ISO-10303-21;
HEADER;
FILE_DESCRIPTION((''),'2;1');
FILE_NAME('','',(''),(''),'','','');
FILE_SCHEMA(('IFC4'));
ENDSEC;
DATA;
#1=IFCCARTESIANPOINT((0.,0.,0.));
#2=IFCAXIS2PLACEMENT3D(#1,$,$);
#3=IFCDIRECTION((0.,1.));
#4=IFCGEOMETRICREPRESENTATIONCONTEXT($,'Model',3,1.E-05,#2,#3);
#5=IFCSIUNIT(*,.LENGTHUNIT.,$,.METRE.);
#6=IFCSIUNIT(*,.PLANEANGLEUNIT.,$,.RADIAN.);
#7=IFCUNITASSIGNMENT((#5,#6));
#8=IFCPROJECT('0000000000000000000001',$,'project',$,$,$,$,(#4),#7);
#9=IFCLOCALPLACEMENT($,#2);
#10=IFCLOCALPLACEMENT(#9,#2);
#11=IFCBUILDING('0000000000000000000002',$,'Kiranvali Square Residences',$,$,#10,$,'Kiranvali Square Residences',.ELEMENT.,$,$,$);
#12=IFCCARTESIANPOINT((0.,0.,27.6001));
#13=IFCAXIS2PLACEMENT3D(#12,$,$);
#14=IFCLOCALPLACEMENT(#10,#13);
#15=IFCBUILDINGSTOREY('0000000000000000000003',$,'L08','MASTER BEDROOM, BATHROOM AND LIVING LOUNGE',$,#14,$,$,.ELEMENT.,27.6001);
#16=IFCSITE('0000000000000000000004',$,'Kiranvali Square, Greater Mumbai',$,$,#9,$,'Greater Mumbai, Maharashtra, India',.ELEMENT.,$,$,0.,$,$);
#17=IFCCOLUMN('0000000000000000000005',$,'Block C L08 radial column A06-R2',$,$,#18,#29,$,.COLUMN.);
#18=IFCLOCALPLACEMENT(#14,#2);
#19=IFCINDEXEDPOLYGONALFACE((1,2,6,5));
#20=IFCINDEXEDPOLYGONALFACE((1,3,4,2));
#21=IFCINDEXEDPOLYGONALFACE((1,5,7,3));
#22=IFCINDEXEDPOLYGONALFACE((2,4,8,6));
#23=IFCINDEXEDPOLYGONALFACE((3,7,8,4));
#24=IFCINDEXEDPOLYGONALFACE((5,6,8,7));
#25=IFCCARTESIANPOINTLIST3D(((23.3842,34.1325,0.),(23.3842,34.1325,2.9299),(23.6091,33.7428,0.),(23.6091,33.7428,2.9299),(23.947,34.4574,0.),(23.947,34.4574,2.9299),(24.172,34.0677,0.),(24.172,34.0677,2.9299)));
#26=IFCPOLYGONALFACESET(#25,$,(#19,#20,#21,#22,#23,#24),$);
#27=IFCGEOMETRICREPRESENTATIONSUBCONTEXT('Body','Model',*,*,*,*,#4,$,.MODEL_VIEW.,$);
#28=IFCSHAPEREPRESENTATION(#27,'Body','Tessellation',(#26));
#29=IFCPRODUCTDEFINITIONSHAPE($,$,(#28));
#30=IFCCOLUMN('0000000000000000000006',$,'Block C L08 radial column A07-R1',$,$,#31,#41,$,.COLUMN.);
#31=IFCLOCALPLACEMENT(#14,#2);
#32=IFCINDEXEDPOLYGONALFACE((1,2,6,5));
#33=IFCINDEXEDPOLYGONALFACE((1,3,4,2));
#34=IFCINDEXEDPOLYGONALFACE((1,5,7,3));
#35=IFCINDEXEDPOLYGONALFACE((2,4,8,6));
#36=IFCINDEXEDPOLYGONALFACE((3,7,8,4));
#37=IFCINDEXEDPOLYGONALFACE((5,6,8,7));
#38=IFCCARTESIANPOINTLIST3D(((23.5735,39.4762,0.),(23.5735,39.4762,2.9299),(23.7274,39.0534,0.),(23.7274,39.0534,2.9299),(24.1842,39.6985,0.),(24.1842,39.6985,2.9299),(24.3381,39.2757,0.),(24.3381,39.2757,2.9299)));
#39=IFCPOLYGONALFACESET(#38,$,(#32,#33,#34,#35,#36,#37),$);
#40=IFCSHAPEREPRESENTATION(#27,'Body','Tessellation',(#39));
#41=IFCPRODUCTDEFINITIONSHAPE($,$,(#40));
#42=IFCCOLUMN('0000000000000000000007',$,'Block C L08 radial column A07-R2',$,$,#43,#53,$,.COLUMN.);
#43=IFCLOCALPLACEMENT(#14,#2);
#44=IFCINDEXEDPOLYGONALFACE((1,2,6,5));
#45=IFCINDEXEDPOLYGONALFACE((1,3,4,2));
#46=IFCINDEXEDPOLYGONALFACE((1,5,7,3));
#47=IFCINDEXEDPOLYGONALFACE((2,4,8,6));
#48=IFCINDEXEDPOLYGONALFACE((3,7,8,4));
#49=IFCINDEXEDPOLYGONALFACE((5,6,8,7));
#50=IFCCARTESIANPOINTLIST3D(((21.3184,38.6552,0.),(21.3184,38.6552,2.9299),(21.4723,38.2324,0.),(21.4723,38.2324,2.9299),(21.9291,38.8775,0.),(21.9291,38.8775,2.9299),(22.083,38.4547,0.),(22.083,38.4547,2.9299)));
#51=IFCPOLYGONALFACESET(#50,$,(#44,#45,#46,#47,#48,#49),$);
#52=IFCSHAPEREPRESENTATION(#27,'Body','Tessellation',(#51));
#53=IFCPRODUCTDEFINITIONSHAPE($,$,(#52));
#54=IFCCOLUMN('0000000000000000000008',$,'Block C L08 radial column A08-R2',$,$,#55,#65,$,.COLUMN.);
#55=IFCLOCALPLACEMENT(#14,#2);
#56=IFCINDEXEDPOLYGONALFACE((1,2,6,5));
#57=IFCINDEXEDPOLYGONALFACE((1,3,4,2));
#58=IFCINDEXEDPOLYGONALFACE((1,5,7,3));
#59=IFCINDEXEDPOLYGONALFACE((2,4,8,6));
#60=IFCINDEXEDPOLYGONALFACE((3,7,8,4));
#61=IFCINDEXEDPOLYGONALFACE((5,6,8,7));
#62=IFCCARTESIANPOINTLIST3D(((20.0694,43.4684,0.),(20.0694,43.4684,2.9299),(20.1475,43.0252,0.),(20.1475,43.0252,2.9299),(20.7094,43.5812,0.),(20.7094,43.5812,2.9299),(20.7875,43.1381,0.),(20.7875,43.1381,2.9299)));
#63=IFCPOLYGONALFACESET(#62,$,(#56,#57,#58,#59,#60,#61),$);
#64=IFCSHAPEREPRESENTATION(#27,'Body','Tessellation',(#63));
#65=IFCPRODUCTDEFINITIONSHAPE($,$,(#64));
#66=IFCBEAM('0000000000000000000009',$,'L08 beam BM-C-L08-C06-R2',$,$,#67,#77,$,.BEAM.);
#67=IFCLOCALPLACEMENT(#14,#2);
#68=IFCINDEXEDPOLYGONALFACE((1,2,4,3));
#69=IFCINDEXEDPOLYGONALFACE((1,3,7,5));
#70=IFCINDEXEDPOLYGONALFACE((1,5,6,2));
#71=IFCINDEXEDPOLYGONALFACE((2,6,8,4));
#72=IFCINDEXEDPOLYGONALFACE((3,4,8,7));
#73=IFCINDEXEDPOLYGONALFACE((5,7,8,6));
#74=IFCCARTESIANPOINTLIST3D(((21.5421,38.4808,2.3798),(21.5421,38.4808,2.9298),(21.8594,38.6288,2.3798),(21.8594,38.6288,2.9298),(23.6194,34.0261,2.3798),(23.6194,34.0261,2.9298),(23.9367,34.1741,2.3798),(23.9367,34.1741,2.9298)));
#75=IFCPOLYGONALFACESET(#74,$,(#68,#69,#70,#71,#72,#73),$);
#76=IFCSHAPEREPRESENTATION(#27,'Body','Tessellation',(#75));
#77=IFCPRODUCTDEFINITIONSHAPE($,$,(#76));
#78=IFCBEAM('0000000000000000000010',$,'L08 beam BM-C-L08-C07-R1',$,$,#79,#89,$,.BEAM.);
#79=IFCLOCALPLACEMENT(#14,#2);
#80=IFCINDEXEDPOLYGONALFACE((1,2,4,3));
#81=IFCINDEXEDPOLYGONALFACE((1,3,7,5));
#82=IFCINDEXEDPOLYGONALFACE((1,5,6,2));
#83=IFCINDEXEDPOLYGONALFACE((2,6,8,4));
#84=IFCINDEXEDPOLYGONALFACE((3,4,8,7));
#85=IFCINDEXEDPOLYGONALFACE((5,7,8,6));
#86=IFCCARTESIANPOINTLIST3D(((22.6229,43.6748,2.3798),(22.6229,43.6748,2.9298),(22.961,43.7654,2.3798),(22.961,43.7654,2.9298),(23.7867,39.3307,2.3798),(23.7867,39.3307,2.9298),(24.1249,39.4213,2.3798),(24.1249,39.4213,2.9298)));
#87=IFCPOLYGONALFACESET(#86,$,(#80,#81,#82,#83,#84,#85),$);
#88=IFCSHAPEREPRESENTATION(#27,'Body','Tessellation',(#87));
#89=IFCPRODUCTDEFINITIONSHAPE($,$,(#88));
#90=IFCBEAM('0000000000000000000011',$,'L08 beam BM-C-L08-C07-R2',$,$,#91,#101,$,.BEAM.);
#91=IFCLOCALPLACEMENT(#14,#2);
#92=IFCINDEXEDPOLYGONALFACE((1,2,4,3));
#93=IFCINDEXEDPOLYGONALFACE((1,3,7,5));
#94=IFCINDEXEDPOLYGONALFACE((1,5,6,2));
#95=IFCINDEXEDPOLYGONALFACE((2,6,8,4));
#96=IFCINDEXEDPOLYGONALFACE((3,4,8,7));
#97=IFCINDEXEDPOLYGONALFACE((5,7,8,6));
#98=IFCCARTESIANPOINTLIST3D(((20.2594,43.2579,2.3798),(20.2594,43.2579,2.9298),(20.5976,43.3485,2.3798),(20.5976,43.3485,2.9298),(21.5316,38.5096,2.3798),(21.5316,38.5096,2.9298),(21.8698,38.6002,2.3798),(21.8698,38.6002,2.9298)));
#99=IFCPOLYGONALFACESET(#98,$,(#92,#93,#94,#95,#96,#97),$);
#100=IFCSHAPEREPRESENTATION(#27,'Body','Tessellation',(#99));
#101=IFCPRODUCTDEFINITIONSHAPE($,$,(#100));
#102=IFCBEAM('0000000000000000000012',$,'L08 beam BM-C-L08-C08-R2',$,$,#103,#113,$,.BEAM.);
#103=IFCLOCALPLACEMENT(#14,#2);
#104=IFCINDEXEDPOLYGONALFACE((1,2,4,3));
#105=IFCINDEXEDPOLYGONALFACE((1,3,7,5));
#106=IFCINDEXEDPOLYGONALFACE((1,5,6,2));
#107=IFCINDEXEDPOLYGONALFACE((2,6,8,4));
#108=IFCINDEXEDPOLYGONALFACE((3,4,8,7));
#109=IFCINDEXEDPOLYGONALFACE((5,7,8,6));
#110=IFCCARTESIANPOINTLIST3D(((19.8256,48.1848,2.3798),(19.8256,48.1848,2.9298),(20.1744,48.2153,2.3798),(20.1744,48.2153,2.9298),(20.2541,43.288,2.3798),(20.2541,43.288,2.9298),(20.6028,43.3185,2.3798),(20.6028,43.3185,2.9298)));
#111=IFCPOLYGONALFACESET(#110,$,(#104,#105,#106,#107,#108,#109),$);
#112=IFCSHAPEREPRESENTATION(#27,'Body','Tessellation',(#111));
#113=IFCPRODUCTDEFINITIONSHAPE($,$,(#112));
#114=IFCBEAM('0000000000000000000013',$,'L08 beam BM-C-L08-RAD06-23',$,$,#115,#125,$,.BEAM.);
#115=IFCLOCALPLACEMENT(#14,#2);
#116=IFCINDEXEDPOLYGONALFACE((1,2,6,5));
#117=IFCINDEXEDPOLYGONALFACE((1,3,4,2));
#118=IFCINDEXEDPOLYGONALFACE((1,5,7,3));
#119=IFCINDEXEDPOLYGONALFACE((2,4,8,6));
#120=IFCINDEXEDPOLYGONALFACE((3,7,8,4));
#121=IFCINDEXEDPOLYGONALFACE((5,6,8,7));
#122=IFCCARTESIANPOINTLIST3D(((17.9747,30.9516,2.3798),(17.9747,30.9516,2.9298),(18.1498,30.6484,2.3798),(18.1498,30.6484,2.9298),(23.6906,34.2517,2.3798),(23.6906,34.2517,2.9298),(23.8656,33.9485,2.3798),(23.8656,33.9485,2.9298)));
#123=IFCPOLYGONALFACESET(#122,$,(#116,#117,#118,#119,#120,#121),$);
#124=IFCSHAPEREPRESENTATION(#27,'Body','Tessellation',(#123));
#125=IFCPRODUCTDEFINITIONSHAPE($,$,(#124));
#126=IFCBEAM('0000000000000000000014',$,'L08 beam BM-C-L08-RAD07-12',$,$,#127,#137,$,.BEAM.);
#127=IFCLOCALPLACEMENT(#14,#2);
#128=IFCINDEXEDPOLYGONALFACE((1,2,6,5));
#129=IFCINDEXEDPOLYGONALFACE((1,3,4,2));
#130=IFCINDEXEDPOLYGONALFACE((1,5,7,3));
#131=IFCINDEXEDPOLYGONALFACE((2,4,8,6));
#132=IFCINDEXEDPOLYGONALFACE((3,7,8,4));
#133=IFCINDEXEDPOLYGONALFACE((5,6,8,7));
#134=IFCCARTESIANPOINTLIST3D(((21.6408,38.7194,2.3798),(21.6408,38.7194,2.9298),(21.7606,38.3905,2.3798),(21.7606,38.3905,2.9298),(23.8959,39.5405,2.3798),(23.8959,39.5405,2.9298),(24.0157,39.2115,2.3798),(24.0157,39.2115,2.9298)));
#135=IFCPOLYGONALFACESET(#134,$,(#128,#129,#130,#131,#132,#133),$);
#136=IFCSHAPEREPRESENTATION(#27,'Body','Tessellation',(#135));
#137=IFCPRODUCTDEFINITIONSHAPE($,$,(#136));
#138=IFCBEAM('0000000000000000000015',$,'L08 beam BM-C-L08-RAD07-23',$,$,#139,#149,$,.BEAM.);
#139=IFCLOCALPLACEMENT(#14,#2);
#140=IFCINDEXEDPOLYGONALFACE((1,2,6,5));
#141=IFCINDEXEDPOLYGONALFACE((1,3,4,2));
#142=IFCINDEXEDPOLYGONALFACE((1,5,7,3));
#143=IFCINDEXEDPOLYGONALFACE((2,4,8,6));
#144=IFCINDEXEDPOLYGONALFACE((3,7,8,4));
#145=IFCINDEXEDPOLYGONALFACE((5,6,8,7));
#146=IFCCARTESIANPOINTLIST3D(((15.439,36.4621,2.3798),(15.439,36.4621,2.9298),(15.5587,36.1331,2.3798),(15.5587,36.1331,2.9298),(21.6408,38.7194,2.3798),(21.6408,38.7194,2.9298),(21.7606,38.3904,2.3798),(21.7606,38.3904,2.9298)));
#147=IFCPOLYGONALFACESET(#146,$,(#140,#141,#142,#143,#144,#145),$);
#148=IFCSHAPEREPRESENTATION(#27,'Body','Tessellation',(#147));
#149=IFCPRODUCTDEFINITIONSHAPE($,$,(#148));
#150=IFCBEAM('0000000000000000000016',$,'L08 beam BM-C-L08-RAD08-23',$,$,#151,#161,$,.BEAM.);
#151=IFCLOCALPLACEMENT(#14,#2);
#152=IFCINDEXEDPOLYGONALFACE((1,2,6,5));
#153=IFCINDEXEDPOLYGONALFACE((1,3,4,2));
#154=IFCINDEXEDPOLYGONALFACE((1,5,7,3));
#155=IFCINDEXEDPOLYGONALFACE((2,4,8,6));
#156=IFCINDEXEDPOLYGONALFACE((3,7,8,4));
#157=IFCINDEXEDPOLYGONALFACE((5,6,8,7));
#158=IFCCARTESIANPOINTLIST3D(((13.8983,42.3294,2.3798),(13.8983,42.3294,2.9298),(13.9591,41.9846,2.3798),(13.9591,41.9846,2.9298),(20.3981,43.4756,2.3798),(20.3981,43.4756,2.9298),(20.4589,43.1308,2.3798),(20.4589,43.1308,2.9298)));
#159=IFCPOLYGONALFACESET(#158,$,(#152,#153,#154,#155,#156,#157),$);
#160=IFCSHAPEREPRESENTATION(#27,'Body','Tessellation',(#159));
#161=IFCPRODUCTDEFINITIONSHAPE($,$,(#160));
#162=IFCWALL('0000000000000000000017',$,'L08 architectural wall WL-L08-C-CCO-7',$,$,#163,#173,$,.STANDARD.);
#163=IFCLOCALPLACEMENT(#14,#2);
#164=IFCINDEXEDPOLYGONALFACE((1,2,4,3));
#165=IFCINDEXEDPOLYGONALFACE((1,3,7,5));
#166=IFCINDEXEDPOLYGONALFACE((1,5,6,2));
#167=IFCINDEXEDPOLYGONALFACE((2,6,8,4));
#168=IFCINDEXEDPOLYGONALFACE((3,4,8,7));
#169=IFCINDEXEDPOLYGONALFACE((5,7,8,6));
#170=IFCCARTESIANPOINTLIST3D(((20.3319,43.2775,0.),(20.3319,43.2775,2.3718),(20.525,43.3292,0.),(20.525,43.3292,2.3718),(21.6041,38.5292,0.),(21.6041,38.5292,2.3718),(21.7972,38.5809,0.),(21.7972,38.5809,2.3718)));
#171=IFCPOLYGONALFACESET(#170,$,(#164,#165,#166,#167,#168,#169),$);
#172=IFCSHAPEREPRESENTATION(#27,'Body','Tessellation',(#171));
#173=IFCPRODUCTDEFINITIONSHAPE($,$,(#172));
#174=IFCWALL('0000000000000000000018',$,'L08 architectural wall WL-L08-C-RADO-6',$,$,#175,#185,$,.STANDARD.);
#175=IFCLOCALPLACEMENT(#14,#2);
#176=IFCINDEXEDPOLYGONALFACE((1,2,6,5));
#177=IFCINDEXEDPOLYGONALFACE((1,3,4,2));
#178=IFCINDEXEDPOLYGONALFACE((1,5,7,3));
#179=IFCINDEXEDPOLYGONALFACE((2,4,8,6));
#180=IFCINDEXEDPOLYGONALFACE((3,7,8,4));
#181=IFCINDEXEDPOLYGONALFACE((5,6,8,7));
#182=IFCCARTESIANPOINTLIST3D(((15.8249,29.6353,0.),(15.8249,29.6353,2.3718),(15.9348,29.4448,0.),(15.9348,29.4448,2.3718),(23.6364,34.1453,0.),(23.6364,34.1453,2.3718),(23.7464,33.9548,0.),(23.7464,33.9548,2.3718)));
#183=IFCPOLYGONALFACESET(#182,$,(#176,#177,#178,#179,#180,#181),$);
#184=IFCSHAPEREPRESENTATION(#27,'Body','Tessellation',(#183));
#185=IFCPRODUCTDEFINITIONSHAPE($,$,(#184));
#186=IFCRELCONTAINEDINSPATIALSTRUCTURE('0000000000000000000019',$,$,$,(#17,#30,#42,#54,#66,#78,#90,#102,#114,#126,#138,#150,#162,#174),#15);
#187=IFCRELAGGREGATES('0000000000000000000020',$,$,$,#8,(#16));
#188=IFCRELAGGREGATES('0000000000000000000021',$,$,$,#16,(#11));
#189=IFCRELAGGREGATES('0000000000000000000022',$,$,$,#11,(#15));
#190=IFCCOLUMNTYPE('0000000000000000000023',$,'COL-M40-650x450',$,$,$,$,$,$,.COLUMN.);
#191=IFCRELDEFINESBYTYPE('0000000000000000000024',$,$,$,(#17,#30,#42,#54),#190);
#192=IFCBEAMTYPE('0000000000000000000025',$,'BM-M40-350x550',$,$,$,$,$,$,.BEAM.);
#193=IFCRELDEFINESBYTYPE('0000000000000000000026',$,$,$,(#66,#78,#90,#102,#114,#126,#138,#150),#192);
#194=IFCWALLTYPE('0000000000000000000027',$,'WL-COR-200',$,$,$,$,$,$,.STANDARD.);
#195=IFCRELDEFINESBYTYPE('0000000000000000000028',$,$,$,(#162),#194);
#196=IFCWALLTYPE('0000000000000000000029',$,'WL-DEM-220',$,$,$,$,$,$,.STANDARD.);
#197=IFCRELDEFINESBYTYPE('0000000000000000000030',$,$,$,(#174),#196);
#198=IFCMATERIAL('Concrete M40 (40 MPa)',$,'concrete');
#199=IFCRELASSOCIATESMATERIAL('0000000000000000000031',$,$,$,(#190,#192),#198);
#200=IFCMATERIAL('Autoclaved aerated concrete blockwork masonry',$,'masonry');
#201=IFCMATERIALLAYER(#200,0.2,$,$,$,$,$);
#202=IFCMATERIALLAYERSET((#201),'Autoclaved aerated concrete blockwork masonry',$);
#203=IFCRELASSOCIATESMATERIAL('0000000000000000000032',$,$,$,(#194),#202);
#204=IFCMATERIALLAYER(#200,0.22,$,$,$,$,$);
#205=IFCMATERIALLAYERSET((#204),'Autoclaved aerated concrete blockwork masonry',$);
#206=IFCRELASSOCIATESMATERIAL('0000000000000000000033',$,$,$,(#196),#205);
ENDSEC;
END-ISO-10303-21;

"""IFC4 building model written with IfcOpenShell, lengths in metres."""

from ifc_helpers import new_model, si_unit, direction, frame, frame_2d, origin, origin_2d, place, context, subcontext, project, spatial, rectangle, extrude, material, layer, layer_set, material_profile, profile_set, type_object, element, save


model = new_model("IFC4")

# Units and contexts
model_context = context("Model", 3, precision=1e-05, world=origin(), true_north=direction((0.0, 1.0)))
body_context = subcontext(model_context, "Body", "Model", "MODEL_VIEW")
ifc_project = project(units=[si_unit("LENGTHUNIT", "METRE"), si_unit("PLANEANGLEUNIT", "RADIAN")], contexts=[model_context])

# Site, building, storey
site_placement = place(None, origin())
site = spatial("IfcSite", under=ifc_project, at=site_placement, Name="Kiranvali Square, Greater Mumbai", LongName="Greater Mumbai, Maharashtra, India", CompositionType="ELEMENT", RefElevation=0.0)
building_placement = place(site_placement, origin())
building = spatial("IfcBuilding", under=site, at=building_placement, Name="Kiranvali Square Residences", LongName="Kiranvali Square Residences", CompositionType="ELEMENT")
storey_placement = place(building_placement, frame((0.0, 0.0, 27.6001)))
storey = spatial("IfcBuildingStorey", under=building, at=storey_placement, Name="L08", Description="MASTER BEDROOM, BATHROOM AND LIVING LOUNGE", CompositionType="ELEMENT", Elevation=27.6001)

# Columns
ifc_material_1 = material(Name="Concrete M40 (40 MPa)", Category="concrete")
ifc_material_profile_1 = material_profile(ifc_material_1, rectangle(XDim=0.45, YDim=0.6499, at=origin_2d()), Name="RC 650x450")
ifc_profile_set_1 = profile_set([ifc_material_profile_1], Name="Concrete M40 (40 MPa)")
column_type = type_object("IfcColumnType", Name="COL-M40-650x450", PredefinedType="COLUMN", material=ifc_profile_set_1)
for number, where, z_axis, x_axis, name in (
    (1, (23.7781, 34.1001, 0.0), (0.0, 0.0, 1.0), (-0.5, 0.866025, 0.0), "Block C L08 radial column A06-R2"),
    (2, (23.9558, 39.376, 0.0), (0.0, 0.0, 1.0), (-0.34202, 0.939693, 0.0), "Block C L08 radial column A07-R1"),
    (3, (21.7007, 38.5549, 0.0), (0.0, 0.0, 1.0), (-0.34202, 0.939693, 0.0), "Block C L08 radial column A07-R2"),
    (4, (20.4285, 43.3032, 0.0), (0.0, 0.0, 1.0), (-0.173648, 0.984808, 0.0), "Block C L08 radial column A08-R2"),
):
    element("IfcColumn", number, at=place(storey_placement, frame(where, z_axis=z_axis, x_axis=x_axis)), inside=storey, type_object=column_type, Name=name, PredefinedType="COLUMN", context=body_context, shape_type="SweptSolid", body=[
        extrude(rectangle(XDim=0.45, YDim=0.6499, at=origin_2d()), origin(), (0.0, 0.0, 1.0), 2.9299),
    ])

# Beams
ifc_material_profile_2 = material_profile(ifc_material_1, rectangle(XDim=0.3501, YDim=0.55, at=origin_2d()), Name="RC 350x550")
ifc_profile_set_2 = profile_set([ifc_material_profile_2], Name="Concrete M40 (40 MPa)")
beam_type = type_object("IfcBeamType", Name="BM-M40-350x550", PredefinedType="BEAM", material=ifc_profile_set_2)
beam_1_placement = place(storey_placement, frame((23.7781, 34.1001, 2.6548), z_axis=(-0.42263, 0.906302, 0.0), x_axis=(-0.906302, -0.42263, 0.0)))
element("IfcBeam", 5, at=beam_1_placement, inside=storey, type_object=beam_type, Name="L08 beam BM-C-L08-C06-R2", PredefinedType="BEAM", context=body_context, shape_type="SweptSolid", body=[
    extrude(rectangle(XDim=0.3501, YDim=0.55, at=origin_2d()), origin(), (0.0, 0.0, 1.0), 4.9153),
])
beam_2_placement = place(storey_placement, frame((23.9558, 39.376, 2.6548), z_axis=(-0.258788, 0.965934, 0.0), x_axis=(-0.965934, -0.258788, 0.0)))
element("IfcBeam", 6, at=beam_2_placement, inside=storey, type_object=beam_type, Name="L08 beam BM-C-L08-C07-R1", PredefinedType="BEAM", context=body_context, shape_type="SweptSolid", body=[
    extrude(rectangle(XDim=0.3501, YDim=0.55, at=origin_2d()), origin(), (0.0, 0.0, 1.0), 4.4973),
])
beam_3_placement = place(storey_placement, frame((21.7007, 38.5549, 2.6548), z_axis=(-0.258803, 0.96593, 0.0), x_axis=(-0.96593, -0.258803, 0.0)))
element("IfcBeam", 7, at=beam_3_placement, inside=storey, type_object=beam_type, Name="L08 beam BM-C-L08-C07-R2", PredefinedType="BEAM", context=body_context, shape_type="SweptSolid", body=[
    extrude(rectangle(XDim=0.3501, YDim=0.55, at=origin_2d()), origin(), (0.0, 0.0, 1.0), 4.9158),
])
beam_4_placement = place(storey_placement, frame((20.4285, 43.3032, 2.6548), z_axis=(-0.087168, 0.996194, 0.0), x_axis=(-0.996194, -0.087168, 0.0)))
element("IfcBeam", 8, at=beam_4_placement, inside=storey, type_object=beam_type, Name="L08 beam BM-C-L08-C08-R2", PredefinedType="BEAM", context=body_context, shape_type="SweptSolid", body=[
    extrude(rectangle(XDim=0.3501, YDim=0.55, at=origin_2d()), origin(), (0.0, 0.0, 1.0), 4.9155),
])
beam_5_placement = place(storey_placement, frame((23.7781, 34.1001, 2.6548), z_axis=(-0.866024, -0.500002, 0.0), x_axis=(0.500002, -0.866024, 0.0)))
element("IfcBeam", 9, at=beam_5_placement, inside=storey, type_object=beam_type, Name="L08 beam BM-C-L08-RAD06-23", PredefinedType="BEAM", context=body_context, shape_type="SweptSolid", body=[
    extrude(rectangle(XDim=0.3501, YDim=0.55, at=origin_2d()), origin(), (0.0, 0.0, 1.0), 6.6001),
])
beam_6_placement = place(storey_placement, frame((23.9558, 39.376, 2.6548), z_axis=(-0.93966, -0.342111, 0.0), x_axis=(0.342111, -0.93966, 0.0)))
element("IfcBeam", 10, at=beam_6_placement, inside=storey, type_object=beam_type, Name="L08 beam BM-C-L08-RAD07-12", PredefinedType="BEAM", context=body_context, shape_type="SweptSolid", body=[
    extrude(rectangle(XDim=0.3501, YDim=0.55, at=origin_2d()), origin(), (0.0, 0.0, 1.0), 2.3999),
])
beam_7_placement = place(storey_placement, frame((21.7007, 38.5549, 2.6548), z_axis=(-0.939692, -0.342022, 0.0), x_axis=(0.342022, -0.939692, 0.0)))
element("IfcBeam", 11, at=beam_7_placement, inside=storey, type_object=beam_type, Name="L08 beam BM-C-L08-RAD07-23", PredefinedType="BEAM", context=body_context, shape_type="SweptSolid", body=[
    extrude(rectangle(XDim=0.3501, YDim=0.55, at=origin_2d()), origin(), (0.0, 0.0, 1.0), 6.5999),
])
beam_8_placement = place(storey_placement, frame((20.4285, 43.3032, 2.6548), z_axis=(-0.984804, -0.173671, 0.0), x_axis=(0.173671, -0.984804, 0.0)))
element("IfcBeam", 12, at=beam_8_placement, inside=storey, type_object=beam_type, Name="L08 beam BM-C-L08-RAD08-23", PredefinedType="BEAM", context=body_context, shape_type="SweptSolid", body=[
    extrude(rectangle(XDim=0.3501, YDim=0.55, at=origin_2d()), origin(), (0.0, 0.0, 1.0), 6.6001),
])

# Shared definitions
ifc_material_2 = material(Name="Autoclaved aerated concrete blockwork masonry", Category="masonry")
ifc_layer_1 = layer(ifc_material_2, 0.2)
ifc_layer_set_1 = layer_set([ifc_layer_1], Name="Autoclaved aerated concrete blockwork masonry")
wall_type_1 = type_object("IfcWallType", Name="WL-COR-200", PredefinedType="STANDARD", material=ifc_layer_set_1)

# Walls
wall_1_placement = place(storey_placement, frame((21.7007, 38.5549, 0.0), z_axis=(0.0, 0.0, 1.0), x_axis=(-0.258803, 0.96593, 0.0)))
element("IfcWall", 13, at=wall_1_placement, inside=storey, type_object=wall_type_1, Name="L08 architectural wall WL-L08-C-CCO-7", PredefinedType="STANDARD", context=body_context, shape_type="SweptSolid", body=[
    extrude(rectangle(XDim=4.9158, YDim=0.2, at=frame_2d((2.458, 0.0))), origin(), (0.0, 0.0, 1.0), 2.3718),
])
ifc_layer_2 = layer(ifc_material_2, 0.22)
ifc_layer_set_2 = layer_set([ifc_layer_2], Name="Autoclaved aerated concrete blockwork masonry")
wall_type_2 = type_object("IfcWallType", Name="WL-DEM-220", PredefinedType="STANDARD", material=ifc_layer_set_2)
wall_2_placement = place(storey_placement, frame((23.6914, 34.05, 0.0), z_axis=(0.0, 0.0, 1.0), x_axis=(-0.866024, -0.500002, 0.0)))
element("IfcWall", 14, at=wall_2_placement, inside=storey, type_object=wall_type_2, Name="L08 architectural wall WL-L08-C-RADO-6", PredefinedType="STANDARD", context=body_context, shape_type="SweptSolid", body=[
    extrude(rectangle(XDim=9.02, YDim=0.22, at=frame_2d((4.51, 0.0))), origin(), (0.0, 0.0, 1.0), 2.3718),
])

save(model, "model.ifc")
